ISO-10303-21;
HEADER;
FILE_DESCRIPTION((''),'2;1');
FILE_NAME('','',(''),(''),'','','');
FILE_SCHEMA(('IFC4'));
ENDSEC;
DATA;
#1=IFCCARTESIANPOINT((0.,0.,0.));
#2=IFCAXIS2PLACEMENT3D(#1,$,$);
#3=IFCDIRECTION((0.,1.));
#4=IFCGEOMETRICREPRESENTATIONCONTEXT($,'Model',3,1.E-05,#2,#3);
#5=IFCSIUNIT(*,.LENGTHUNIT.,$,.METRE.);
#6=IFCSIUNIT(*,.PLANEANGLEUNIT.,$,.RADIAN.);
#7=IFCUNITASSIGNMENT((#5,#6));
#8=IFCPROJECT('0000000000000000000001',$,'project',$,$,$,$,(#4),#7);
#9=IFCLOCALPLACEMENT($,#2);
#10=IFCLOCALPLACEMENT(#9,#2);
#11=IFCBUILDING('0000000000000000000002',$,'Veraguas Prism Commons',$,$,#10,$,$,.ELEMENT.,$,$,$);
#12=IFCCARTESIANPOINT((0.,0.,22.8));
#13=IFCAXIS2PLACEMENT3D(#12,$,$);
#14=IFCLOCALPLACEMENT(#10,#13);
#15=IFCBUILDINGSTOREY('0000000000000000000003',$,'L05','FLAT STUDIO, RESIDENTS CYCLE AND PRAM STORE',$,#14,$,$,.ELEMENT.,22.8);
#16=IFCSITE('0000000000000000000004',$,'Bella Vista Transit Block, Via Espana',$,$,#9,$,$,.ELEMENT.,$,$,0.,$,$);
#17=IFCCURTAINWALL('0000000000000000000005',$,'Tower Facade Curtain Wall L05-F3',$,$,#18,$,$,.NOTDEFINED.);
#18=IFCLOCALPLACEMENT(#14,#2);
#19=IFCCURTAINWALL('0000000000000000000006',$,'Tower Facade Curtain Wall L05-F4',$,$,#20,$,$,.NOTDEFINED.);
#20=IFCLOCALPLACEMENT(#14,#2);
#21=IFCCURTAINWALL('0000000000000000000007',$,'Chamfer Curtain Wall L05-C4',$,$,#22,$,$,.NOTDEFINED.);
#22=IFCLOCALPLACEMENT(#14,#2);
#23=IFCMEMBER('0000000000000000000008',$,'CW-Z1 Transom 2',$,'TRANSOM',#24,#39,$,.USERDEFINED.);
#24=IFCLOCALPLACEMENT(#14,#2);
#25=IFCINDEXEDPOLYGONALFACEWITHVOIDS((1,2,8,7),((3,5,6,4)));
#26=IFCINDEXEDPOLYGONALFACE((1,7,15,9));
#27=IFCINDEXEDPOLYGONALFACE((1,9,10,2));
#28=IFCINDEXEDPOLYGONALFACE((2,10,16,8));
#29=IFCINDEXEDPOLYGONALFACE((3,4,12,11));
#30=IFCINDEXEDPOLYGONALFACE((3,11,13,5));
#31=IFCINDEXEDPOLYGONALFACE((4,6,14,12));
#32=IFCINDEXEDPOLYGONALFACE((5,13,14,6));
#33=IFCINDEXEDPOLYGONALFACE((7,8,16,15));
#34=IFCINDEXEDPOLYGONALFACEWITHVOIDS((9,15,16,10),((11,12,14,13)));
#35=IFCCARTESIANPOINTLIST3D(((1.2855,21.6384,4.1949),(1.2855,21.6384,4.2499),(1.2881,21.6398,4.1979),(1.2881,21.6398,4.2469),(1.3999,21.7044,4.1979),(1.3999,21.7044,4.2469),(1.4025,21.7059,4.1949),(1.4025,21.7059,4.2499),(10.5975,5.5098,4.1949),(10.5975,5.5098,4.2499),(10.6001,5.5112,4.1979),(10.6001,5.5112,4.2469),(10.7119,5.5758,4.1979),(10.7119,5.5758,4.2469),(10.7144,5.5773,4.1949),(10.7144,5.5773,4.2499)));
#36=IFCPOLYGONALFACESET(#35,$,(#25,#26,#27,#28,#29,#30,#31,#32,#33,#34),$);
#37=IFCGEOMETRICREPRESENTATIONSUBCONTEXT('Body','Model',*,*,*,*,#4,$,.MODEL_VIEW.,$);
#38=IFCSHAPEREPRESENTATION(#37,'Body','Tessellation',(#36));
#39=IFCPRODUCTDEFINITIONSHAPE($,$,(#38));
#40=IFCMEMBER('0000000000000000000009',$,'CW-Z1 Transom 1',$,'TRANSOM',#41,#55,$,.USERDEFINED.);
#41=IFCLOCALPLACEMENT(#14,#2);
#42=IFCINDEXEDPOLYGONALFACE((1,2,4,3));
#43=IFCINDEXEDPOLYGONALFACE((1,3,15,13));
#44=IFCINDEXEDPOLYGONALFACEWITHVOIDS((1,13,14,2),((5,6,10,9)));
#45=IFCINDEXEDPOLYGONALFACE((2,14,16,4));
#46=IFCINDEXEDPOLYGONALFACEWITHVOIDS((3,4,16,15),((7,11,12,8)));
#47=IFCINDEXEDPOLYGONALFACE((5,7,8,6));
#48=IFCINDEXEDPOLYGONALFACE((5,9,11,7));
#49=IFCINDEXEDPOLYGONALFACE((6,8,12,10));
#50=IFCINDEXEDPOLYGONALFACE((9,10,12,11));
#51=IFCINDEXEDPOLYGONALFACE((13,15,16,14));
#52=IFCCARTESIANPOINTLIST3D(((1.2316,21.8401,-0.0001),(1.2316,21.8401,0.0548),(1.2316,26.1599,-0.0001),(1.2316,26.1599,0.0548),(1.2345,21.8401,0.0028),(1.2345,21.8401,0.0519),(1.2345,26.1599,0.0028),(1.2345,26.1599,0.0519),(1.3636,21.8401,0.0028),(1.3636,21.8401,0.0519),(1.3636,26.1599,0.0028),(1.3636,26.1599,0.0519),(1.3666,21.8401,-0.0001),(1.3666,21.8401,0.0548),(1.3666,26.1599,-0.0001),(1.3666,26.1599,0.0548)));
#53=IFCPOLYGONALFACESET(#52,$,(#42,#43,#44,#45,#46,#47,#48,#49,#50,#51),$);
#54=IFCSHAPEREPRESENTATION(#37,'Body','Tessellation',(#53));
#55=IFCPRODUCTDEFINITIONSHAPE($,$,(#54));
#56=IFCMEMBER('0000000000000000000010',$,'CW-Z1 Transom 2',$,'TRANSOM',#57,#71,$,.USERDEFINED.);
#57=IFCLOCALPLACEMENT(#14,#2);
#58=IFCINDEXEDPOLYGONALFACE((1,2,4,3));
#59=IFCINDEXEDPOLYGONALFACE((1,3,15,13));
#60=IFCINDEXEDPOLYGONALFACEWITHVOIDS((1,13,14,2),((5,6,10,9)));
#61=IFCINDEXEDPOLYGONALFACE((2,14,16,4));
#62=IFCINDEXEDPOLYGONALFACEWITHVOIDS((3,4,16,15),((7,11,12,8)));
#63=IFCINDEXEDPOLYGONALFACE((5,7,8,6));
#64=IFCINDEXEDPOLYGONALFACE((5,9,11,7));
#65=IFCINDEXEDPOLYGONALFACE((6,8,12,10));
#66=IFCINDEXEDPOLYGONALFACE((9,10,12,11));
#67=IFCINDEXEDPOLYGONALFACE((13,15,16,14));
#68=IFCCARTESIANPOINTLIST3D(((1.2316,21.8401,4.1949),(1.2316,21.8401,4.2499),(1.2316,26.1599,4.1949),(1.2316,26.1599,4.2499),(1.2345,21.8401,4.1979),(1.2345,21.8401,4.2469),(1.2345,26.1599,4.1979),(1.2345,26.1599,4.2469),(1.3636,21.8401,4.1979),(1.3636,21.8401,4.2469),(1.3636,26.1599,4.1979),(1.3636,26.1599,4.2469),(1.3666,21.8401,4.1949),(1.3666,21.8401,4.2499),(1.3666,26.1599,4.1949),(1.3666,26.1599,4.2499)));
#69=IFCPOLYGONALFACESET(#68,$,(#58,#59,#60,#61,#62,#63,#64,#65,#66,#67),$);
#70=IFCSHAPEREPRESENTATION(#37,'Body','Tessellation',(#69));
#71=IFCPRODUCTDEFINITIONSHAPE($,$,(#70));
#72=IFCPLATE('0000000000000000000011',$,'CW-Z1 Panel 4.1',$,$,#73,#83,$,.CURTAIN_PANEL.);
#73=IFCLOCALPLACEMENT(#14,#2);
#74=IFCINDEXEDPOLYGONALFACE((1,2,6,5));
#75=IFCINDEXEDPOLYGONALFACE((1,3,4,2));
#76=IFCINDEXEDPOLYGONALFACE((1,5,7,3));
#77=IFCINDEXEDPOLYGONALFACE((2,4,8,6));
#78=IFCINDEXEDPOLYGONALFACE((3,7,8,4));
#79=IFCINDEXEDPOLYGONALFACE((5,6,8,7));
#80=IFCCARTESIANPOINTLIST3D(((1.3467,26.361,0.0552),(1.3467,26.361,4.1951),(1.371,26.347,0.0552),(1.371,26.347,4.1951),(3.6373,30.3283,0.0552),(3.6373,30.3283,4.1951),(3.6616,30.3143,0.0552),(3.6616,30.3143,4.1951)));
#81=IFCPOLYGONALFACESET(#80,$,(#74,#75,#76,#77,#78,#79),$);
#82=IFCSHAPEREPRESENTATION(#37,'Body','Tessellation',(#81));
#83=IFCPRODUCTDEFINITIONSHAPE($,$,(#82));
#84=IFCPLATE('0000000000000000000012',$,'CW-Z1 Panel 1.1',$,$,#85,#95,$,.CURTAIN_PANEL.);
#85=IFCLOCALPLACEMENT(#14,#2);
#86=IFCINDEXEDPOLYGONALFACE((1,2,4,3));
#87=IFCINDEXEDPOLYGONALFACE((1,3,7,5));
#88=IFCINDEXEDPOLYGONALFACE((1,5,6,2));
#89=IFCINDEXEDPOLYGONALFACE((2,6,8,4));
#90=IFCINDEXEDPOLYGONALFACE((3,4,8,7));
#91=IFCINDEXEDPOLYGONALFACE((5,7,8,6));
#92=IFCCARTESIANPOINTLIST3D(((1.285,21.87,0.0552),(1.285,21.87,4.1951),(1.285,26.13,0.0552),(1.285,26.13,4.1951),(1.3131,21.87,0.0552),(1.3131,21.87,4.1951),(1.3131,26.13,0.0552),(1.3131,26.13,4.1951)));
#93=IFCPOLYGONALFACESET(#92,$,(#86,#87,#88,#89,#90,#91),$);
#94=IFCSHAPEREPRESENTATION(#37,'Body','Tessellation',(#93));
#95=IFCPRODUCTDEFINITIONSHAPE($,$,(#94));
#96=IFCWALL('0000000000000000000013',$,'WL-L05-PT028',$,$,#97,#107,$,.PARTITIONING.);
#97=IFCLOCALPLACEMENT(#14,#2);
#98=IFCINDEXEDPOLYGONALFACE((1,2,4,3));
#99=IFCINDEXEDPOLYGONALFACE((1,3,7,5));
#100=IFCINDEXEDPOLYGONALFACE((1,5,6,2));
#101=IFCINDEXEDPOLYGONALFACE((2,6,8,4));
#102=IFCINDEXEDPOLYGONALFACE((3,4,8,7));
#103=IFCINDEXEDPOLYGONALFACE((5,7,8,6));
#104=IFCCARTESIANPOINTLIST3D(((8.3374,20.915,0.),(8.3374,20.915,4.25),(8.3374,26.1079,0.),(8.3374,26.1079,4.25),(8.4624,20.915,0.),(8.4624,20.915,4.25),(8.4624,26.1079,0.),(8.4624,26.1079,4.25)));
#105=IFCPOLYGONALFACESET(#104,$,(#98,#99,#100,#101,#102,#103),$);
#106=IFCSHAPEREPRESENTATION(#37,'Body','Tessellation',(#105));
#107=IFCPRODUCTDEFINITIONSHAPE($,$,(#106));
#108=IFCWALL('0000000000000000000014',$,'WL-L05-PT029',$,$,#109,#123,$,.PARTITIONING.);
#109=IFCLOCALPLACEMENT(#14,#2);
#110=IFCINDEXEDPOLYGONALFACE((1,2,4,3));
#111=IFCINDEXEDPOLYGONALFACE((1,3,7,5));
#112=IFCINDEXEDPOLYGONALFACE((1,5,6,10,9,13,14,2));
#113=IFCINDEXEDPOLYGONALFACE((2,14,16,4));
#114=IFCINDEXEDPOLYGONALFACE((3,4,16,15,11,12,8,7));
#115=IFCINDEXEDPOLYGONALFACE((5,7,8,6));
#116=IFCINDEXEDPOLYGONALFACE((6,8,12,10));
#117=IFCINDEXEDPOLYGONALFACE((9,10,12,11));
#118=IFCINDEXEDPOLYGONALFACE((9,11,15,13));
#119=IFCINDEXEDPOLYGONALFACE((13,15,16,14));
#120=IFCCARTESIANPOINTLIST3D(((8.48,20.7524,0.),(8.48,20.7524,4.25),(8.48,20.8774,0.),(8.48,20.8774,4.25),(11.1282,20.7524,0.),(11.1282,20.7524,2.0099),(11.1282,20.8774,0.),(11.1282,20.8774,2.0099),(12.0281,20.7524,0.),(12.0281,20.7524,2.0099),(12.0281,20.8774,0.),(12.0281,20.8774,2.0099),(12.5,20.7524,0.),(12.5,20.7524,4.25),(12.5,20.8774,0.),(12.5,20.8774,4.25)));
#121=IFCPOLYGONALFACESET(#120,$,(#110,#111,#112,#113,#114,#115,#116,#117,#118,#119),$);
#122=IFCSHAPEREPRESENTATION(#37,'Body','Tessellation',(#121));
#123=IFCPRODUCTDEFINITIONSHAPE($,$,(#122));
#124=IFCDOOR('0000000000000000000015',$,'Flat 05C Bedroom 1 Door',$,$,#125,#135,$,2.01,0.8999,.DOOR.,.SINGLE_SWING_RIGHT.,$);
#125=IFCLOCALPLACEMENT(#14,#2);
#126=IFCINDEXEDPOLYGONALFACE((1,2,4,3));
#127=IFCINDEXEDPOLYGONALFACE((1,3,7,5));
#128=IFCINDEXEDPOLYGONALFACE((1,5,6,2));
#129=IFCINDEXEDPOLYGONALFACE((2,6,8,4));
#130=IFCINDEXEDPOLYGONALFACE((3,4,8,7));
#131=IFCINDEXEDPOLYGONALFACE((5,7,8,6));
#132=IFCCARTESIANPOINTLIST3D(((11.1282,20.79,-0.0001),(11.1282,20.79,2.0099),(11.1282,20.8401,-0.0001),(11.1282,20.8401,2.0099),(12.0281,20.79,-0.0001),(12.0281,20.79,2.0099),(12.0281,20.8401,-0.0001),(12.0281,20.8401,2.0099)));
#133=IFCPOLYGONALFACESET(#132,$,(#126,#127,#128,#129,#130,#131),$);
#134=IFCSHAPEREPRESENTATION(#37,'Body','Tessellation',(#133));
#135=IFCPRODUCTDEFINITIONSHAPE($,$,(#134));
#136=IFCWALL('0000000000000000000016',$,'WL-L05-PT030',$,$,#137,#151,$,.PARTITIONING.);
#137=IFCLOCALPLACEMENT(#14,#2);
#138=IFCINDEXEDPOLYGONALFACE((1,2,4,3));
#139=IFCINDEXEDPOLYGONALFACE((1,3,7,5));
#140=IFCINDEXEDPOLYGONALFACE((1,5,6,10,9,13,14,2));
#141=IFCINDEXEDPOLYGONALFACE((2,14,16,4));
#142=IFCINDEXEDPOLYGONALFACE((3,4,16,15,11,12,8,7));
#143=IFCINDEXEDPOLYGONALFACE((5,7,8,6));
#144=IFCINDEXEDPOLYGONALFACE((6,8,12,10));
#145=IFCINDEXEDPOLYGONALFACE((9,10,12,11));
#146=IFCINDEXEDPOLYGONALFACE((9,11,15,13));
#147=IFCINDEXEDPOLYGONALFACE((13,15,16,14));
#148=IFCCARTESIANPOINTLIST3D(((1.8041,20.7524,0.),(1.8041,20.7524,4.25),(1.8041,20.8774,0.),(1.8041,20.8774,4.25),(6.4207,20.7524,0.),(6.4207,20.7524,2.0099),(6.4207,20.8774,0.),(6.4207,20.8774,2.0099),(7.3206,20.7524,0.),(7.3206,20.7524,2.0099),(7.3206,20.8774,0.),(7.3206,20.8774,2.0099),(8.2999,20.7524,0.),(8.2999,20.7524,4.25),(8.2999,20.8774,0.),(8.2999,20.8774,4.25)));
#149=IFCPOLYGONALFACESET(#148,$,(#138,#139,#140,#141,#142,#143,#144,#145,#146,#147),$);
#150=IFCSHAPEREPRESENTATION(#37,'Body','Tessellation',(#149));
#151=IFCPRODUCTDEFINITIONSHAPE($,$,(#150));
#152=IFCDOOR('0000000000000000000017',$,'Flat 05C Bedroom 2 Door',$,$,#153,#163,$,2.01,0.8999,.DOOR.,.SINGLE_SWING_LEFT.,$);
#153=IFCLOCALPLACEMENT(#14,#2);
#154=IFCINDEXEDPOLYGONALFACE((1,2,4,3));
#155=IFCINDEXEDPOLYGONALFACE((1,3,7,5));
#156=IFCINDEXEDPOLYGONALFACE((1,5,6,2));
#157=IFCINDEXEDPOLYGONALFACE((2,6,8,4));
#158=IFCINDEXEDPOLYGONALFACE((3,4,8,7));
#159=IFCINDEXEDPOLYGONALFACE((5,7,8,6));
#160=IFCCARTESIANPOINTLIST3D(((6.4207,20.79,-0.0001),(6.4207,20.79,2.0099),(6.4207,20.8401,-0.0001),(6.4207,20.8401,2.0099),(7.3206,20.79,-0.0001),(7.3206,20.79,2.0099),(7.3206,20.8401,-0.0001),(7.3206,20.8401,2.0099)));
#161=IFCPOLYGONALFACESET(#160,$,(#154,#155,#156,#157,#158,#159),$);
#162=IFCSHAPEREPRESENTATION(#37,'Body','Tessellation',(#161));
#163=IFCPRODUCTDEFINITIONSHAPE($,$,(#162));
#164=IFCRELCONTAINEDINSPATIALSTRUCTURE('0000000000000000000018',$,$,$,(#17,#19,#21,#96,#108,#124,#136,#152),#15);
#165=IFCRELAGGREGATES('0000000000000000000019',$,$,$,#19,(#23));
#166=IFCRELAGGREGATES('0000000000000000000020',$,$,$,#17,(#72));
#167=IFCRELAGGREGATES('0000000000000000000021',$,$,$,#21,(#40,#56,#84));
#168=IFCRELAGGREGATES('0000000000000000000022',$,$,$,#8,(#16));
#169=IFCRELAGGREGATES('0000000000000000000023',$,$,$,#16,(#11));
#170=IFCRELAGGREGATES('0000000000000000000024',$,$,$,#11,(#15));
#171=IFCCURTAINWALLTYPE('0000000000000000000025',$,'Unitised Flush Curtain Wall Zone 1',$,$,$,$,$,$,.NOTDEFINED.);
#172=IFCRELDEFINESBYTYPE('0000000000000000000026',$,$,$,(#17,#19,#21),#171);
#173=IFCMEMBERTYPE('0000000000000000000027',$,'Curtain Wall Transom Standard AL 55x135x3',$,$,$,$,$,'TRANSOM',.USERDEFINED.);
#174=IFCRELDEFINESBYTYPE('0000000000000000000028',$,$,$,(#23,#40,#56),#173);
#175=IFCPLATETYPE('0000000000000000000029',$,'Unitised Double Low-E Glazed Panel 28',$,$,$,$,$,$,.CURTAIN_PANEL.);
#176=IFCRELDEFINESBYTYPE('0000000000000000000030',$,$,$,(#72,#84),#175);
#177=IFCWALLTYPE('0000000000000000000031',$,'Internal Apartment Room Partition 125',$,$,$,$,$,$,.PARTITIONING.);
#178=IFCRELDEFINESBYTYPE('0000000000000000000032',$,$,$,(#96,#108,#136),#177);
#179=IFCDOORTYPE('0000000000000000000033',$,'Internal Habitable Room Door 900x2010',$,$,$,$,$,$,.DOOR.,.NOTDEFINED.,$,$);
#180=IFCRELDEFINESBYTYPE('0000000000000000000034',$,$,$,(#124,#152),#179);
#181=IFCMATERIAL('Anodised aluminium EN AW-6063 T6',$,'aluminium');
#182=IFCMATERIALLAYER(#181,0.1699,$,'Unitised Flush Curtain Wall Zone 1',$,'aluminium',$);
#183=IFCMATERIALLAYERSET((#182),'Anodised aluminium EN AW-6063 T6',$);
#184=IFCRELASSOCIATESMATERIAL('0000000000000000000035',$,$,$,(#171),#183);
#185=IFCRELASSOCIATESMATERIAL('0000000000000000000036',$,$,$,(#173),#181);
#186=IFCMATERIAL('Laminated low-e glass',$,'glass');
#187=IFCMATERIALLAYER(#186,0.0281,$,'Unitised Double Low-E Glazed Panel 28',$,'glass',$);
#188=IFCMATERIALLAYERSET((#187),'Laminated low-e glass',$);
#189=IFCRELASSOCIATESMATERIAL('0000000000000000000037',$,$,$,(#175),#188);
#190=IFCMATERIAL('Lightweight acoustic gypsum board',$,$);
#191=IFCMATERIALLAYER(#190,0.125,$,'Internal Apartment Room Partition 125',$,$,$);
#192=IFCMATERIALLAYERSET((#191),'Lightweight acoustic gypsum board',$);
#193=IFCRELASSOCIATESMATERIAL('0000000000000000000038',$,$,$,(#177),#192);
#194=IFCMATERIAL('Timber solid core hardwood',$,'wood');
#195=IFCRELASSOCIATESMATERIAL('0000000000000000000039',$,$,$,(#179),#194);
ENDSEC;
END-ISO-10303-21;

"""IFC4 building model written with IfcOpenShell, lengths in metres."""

from ifc_helpers import new_model, si_unit, direction, frame, frame_2d, origin, origin_2d, place, context, subcontext, project, spatial, rectangle, hollow_rectangle, extrude, source, transform, mapped, material, layer, layer_set, material_profile, profile_set, type_object, element, fill, aggregate, save


model = new_model("IFC4")

# Units and contexts
model_context = context("Model", 3, precision=1e-05, world=origin(), true_north=direction((0.0, 1.0)))
body_context = subcontext(model_context, "Body", "Model", "MODEL_VIEW")
ifc_project = project(units=[si_unit("LENGTHUNIT", "METRE"), si_unit("PLANEANGLEUNIT", "RADIAN")], contexts=[model_context])

# Site, building, storey
site_placement = place(None, origin())
site = spatial("IfcSite", under=ifc_project, at=site_placement, Name="Bella Vista Transit Block, Via Espana", CompositionType="ELEMENT", RefElevation=0.0)
building_placement = place(site_placement, origin())
building = spatial("IfcBuilding", under=site, at=building_placement, Name="Veraguas Prism Commons", CompositionType="ELEMENT")
storey_placement = place(building_placement, frame((0.0, 0.0, 22.8)))
storey = spatial("IfcBuildingStorey", under=building, at=storey_placement, Name="L05", Description="FLAT STUDIO, RESIDENTS CYCLE AND PRAM STORE", CompositionType="ELEMENT", Elevation=22.8)

# Curtain walls
ifc_material_1 = material(Name="Anodised aluminium EN AW-6063 T6", Category="aluminium")
ifc_layer_1 = layer(ifc_material_1, 0.1699, Name="Unitised Flush Curtain Wall Zone 1", Category="aluminium")
ifc_layer_set_1 = layer_set([ifc_layer_1], Name="Anodised aluminium EN AW-6063 T6")
curtain_wall_type = type_object("IfcCurtainWallType", Name="Unitised Flush Curtain Wall Zone 1", PredefinedType="NOTDEFINED", material=ifc_layer_set_1)
curtain_wall_1_placement = place(storey_placement, origin())
curtain_wall_1 = element("IfcCurtainWall", 1, at=curtain_wall_1_placement, inside=storey, type_object=curtain_wall_type, Name="Tower Facade Curtain Wall L05-F3", PredefinedType="NOTDEFINED")
curtain_wall_2_placement = place(storey_placement, origin())
curtain_wall_2 = element("IfcCurtainWall", 2, at=curtain_wall_2_placement, inside=storey, type_object=curtain_wall_type, Name="Tower Facade Curtain Wall L05-F4", PredefinedType="NOTDEFINED")

# Curtain wall
curtain_wall_3_placement = place(storey_placement, origin())
curtain_wall_3 = element("IfcCurtainWall", 3, at=curtain_wall_3_placement, inside=storey, type_object=curtain_wall_type, Name="Chamfer Curtain Wall L05-C4", PredefinedType="NOTDEFINED")

# Members
ifc_material_profile_1 = material_profile(ifc_material_1, hollow_rectangle(XDim=0.0549, YDim=0.135, WallThickness=0.0029, at=origin_2d()), Name="AL55X135X3")
ifc_profile_set_1 = profile_set([ifc_material_profile_1], Name="Anodised aluminium EN AW-6063 T6")
member_type_1 = type_object("IfcMemberType", Name="Curtain Wall Transom Standard AL 55x135x3", ElementType="TRANSOM", PredefinedType="USERDEFINED", material=ifc_profile_set_1)
shared_shape_1 = source(origin(), body_context, "Body", "SweptSolid", [
    extrude(hollow_rectangle(XDim=0.0549, YDim=0.135, WallThickness=0.0029, at=origin_2d()), origin(), (0.0, 0.0, 1.0), 18.6238),
])
member_1_placement = place(storey_placement, frame((1.344, 21.6721, 4.2224), z_axis=(0.500005, -0.866023, 0.0), x_axis=(0.0, 0.0, 1.0)))
member_1 = element("IfcMember", 4, at=member_1_placement, type_object=member_type_1, Name="CW-Z1 Transom 2", ObjectType="TRANSOM", PredefinedType="USERDEFINED", context=body_context, shape_type="MappedRepresentation", body=[
    mapped(shared_shape_1, transform((0.0, 0.0, 0.0), scale=1.0)),
])
aggregate(curtain_wall_2, [member_1])
shared_shape_2 = source(origin(), body_context, "Body", "SweptSolid", [
    extrude(hollow_rectangle(XDim=0.0549, YDim=0.135, WallThickness=0.0029, at=origin_2d()), origin(), (0.0, 0.0, 1.0), 4.3198),
])
member_2_placement = place(storey_placement, frame((1.2991, 26.1599, 0.0273), z_axis=(0.0, -1.0, 0.0), x_axis=(0.0, 0.0, 1.0)))
member_2 = element("IfcMember", 5, at=member_2_placement, type_object=member_type_1, Name="CW-Z1 Transom 1", ObjectType="TRANSOM", PredefinedType="USERDEFINED", context=body_context, shape_type="MappedRepresentation", body=[
    mapped(shared_shape_2, transform((0.0, 0.0, 0.0), scale=1.0)),
])
member_3_placement = place(storey_placement, frame((1.2991, 26.1599, 4.2224), z_axis=(0.0, -1.0, 0.0), x_axis=(0.0, 0.0, 1.0)))
member_3 = element("IfcMember", 6, at=member_3_placement, type_object=member_type_1, Name="CW-Z1 Transom 2", ObjectType="TRANSOM", PredefinedType="USERDEFINED", context=body_context, shape_type="MappedRepresentation", body=[
    mapped(shared_shape_2, transform((0.0, 0.0, 0.0), scale=1.0)),
])

# Plates
ifc_material_2 = material(Name="Laminated low-e glass", Category="glass")
ifc_layer_2 = layer(ifc_material_2, 0.0281, Name="Unitised Double Low-E Glazed Panel 28", Category="glass")
ifc_layer_set_2 = layer_set([ifc_layer_2], Name="Laminated low-e glass")
plate_type = type_object("IfcPlateType", Name="Unitised Double Low-E Glazed Panel 28", PredefinedType="CURTAIN_PANEL", material=ifc_layer_set_2)
shared_shape_3 = source(origin(), body_context, "Body", "SweptSolid", [
    extrude(rectangle(XDim=4.5811, YDim=0.0281, at=origin_2d()), origin(), (0.0, 0.0, 1.0), 4.1399),
])
plate_1_placement = place(storey_placement, frame((2.5042, 28.3376, 0.0552), z_axis=(0.0, 0.0, 1.0), x_axis=(-0.500005, -0.866023, 0.0)))
plate_1 = element("IfcPlate", 7, at=plate_1_placement, type_object=plate_type, Name="CW-Z1 Panel 4.1", PredefinedType="CURTAIN_PANEL", context=body_context, shape_type="MappedRepresentation", body=[
    mapped(shared_shape_3, transform((0.0, 0.0, 0.0), scale=1.0)),
])
aggregate(curtain_wall_1, [plate_1])
shared_shape_4 = source(origin(), body_context, "Body", "SweptSolid", [
    extrude(rectangle(XDim=4.26, YDim=0.0281, at=origin_2d()), origin(), (0.0, 0.0, 1.0), 4.1399),
])
plate_2_placement = place(storey_placement, frame((1.2991, 24.0, 0.0552), z_axis=(0.0, 0.0, 1.0), x_axis=(0.0, -1.0, 0.0)))
plate_2 = element("IfcPlate", 8, at=plate_2_placement, type_object=plate_type, Name="CW-Z1 Panel 1.1", PredefinedType="CURTAIN_PANEL", context=body_context, shape_type="MappedRepresentation", body=[
    mapped(shared_shape_4, transform((0.0, 0.0, 0.0), scale=1.0)),
])
aggregate(curtain_wall_3, [member_2, member_3, plate_2])

# Wall
ifc_material_3 = material(Name="Lightweight acoustic gypsum board")
ifc_layer_3 = layer(ifc_material_3, 0.125, Name="Internal Apartment Room Partition 125")
ifc_layer_set_3 = layer_set([ifc_layer_3], Name="Lightweight acoustic gypsum board")
wall_type = type_object("IfcWallType", Name="Internal Apartment Room Partition 125", PredefinedType="PARTITIONING", material=ifc_layer_set_3)
wall_1_placement = place(storey_placement, frame((8.3999, 20.915, 0.0), z_axis=(0.0, 0.0, 1.0), x_axis=(0.0, 1.0, 0.0)))
element("IfcWall", 9, at=wall_1_placement, inside=storey, type_object=wall_type, Name="WL-L05-PT028", PredefinedType="PARTITIONING", context=body_context, shape_type="SweptSolid", body=[
    extrude(rectangle(XDim=5.1929, YDim=0.125, at=frame_2d((2.5964, 0.0))), origin(), (0.0, 0.0, 1.0), 4.25),
])

# Walls, openings, doors
wall_2_placement = place(storey_placement, frame((12.5, 20.8149, 0.0), z_axis=(0.0, 0.0, 1.0), x_axis=(-1.0, 0.0, 0.0)))
wall_2 = element("IfcWall", 10, at=wall_2_placement, inside=storey, type_object=wall_type, Name="WL-L05-PT029", PredefinedType="PARTITIONING", context=body_context, shape_type="SweptSolid", body=[
    extrude(rectangle(XDim=4.02, YDim=0.125, at=frame_2d((2.01, 0.0))), origin(), (0.0, 0.0, 1.0), 4.25),
])
opening_1_placement = place(wall_2_placement, frame((0.4719, 0.0, 0.0)))
opening_1 = element("IfcOpeningElement", 11, at=opening_1_placement, cuts=wall_2, PredefinedType="OPENING", context=body_context, shape_type="SweptSolid", body=[
    extrude(rectangle(XDim=0.8999, YDim=2.01, at=frame_2d((0.45, 1.0049))), frame((0.0, 0.0725, 0.0), z_axis=(0.0, -1.0, 0.0), x_axis=(1.0, 0.0, 0.0)), (0.0, 0.0, 1.0), 0.145),
])
ifc_material_4 = material(Name="Timber solid core hardwood", Category="wood")
door_type = type_object("IfcDoorType", Name="Internal Habitable Room Door 900x2010", OperationType="NOTDEFINED", PredefinedType="DOOR", material=ifc_material_4)
shared_shape_5 = source(origin(), body_context, "Body", "SweptSolid", [
    extrude(rectangle(XDim=0.8999, YDim=2.01, at=frame_2d((0.45, 1.0049))), frame((0.0, 0.0249, 0.0), z_axis=(0.0, -1.0, 0.0), x_axis=(1.0, 0.0, 0.0)), (0.0, 0.0, 1.0), 0.05),
])
door_1_placement = place(opening_1_placement, origin())
door_1 = element("IfcDoor", 12, at=door_1_placement, inside=storey, type_object=door_type, Name="Flat 05C Bedroom 1 Door", OperationType="SINGLE_SWING_RIGHT", OverallHeight=2.01, OverallWidth=0.8999, PredefinedType="DOOR", context=body_context, shape_type="MappedRepresentation", body=[
    mapped(shared_shape_5, transform((0.0, 0.0, 0.0), scale=1.0)),
])
fill(opening_1, door_1)
wall_3_placement = place(storey_placement, frame((8.3, 20.8149, 0.0), z_axis=(0.0, 0.0, 1.0), x_axis=(-1.0, 0.0, 0.0)))
wall_3 = element("IfcWall", 13, at=wall_3_placement, inside=storey, type_object=wall_type, Name="WL-L05-PT030", PredefinedType="PARTITIONING", context=body_context, shape_type="SweptSolid", body=[
    extrude(rectangle(XDim=6.4958, YDim=0.125, at=frame_2d((3.248, 0.0))), origin(), (0.0, 0.0, 1.0), 4.25),
])
opening_2_placement = place(wall_3_placement, frame((0.9795, 0.0, 0.0)))
opening_2 = element("IfcOpeningElement", 14, at=opening_2_placement, cuts=wall_3, PredefinedType="OPENING", context=body_context, shape_type="SweptSolid", body=[
    extrude(rectangle(XDim=0.8999, YDim=2.01, at=frame_2d((0.45, 1.0049))), frame((0.0, 0.0725, 0.0), z_axis=(0.0, -1.0, 0.0), x_axis=(1.0, 0.0, 0.0)), (0.0, 0.0, 1.0), 0.145),
])
door_2_placement = place(opening_2_placement, origin())
door_2 = element("IfcDoor", 15, at=door_2_placement, inside=storey, type_object=door_type, Name="Flat 05C Bedroom 2 Door", OperationType="SINGLE_SWING_LEFT", OverallHeight=2.01, OverallWidth=0.8999, PredefinedType="DOOR", context=body_context, shape_type="MappedRepresentation", body=[
    mapped(shared_shape_5, transform((0.0, 0.0, 0.0), scale=1.0)),
])
fill(opening_2, door_2)

save(model, "model.ifc")
